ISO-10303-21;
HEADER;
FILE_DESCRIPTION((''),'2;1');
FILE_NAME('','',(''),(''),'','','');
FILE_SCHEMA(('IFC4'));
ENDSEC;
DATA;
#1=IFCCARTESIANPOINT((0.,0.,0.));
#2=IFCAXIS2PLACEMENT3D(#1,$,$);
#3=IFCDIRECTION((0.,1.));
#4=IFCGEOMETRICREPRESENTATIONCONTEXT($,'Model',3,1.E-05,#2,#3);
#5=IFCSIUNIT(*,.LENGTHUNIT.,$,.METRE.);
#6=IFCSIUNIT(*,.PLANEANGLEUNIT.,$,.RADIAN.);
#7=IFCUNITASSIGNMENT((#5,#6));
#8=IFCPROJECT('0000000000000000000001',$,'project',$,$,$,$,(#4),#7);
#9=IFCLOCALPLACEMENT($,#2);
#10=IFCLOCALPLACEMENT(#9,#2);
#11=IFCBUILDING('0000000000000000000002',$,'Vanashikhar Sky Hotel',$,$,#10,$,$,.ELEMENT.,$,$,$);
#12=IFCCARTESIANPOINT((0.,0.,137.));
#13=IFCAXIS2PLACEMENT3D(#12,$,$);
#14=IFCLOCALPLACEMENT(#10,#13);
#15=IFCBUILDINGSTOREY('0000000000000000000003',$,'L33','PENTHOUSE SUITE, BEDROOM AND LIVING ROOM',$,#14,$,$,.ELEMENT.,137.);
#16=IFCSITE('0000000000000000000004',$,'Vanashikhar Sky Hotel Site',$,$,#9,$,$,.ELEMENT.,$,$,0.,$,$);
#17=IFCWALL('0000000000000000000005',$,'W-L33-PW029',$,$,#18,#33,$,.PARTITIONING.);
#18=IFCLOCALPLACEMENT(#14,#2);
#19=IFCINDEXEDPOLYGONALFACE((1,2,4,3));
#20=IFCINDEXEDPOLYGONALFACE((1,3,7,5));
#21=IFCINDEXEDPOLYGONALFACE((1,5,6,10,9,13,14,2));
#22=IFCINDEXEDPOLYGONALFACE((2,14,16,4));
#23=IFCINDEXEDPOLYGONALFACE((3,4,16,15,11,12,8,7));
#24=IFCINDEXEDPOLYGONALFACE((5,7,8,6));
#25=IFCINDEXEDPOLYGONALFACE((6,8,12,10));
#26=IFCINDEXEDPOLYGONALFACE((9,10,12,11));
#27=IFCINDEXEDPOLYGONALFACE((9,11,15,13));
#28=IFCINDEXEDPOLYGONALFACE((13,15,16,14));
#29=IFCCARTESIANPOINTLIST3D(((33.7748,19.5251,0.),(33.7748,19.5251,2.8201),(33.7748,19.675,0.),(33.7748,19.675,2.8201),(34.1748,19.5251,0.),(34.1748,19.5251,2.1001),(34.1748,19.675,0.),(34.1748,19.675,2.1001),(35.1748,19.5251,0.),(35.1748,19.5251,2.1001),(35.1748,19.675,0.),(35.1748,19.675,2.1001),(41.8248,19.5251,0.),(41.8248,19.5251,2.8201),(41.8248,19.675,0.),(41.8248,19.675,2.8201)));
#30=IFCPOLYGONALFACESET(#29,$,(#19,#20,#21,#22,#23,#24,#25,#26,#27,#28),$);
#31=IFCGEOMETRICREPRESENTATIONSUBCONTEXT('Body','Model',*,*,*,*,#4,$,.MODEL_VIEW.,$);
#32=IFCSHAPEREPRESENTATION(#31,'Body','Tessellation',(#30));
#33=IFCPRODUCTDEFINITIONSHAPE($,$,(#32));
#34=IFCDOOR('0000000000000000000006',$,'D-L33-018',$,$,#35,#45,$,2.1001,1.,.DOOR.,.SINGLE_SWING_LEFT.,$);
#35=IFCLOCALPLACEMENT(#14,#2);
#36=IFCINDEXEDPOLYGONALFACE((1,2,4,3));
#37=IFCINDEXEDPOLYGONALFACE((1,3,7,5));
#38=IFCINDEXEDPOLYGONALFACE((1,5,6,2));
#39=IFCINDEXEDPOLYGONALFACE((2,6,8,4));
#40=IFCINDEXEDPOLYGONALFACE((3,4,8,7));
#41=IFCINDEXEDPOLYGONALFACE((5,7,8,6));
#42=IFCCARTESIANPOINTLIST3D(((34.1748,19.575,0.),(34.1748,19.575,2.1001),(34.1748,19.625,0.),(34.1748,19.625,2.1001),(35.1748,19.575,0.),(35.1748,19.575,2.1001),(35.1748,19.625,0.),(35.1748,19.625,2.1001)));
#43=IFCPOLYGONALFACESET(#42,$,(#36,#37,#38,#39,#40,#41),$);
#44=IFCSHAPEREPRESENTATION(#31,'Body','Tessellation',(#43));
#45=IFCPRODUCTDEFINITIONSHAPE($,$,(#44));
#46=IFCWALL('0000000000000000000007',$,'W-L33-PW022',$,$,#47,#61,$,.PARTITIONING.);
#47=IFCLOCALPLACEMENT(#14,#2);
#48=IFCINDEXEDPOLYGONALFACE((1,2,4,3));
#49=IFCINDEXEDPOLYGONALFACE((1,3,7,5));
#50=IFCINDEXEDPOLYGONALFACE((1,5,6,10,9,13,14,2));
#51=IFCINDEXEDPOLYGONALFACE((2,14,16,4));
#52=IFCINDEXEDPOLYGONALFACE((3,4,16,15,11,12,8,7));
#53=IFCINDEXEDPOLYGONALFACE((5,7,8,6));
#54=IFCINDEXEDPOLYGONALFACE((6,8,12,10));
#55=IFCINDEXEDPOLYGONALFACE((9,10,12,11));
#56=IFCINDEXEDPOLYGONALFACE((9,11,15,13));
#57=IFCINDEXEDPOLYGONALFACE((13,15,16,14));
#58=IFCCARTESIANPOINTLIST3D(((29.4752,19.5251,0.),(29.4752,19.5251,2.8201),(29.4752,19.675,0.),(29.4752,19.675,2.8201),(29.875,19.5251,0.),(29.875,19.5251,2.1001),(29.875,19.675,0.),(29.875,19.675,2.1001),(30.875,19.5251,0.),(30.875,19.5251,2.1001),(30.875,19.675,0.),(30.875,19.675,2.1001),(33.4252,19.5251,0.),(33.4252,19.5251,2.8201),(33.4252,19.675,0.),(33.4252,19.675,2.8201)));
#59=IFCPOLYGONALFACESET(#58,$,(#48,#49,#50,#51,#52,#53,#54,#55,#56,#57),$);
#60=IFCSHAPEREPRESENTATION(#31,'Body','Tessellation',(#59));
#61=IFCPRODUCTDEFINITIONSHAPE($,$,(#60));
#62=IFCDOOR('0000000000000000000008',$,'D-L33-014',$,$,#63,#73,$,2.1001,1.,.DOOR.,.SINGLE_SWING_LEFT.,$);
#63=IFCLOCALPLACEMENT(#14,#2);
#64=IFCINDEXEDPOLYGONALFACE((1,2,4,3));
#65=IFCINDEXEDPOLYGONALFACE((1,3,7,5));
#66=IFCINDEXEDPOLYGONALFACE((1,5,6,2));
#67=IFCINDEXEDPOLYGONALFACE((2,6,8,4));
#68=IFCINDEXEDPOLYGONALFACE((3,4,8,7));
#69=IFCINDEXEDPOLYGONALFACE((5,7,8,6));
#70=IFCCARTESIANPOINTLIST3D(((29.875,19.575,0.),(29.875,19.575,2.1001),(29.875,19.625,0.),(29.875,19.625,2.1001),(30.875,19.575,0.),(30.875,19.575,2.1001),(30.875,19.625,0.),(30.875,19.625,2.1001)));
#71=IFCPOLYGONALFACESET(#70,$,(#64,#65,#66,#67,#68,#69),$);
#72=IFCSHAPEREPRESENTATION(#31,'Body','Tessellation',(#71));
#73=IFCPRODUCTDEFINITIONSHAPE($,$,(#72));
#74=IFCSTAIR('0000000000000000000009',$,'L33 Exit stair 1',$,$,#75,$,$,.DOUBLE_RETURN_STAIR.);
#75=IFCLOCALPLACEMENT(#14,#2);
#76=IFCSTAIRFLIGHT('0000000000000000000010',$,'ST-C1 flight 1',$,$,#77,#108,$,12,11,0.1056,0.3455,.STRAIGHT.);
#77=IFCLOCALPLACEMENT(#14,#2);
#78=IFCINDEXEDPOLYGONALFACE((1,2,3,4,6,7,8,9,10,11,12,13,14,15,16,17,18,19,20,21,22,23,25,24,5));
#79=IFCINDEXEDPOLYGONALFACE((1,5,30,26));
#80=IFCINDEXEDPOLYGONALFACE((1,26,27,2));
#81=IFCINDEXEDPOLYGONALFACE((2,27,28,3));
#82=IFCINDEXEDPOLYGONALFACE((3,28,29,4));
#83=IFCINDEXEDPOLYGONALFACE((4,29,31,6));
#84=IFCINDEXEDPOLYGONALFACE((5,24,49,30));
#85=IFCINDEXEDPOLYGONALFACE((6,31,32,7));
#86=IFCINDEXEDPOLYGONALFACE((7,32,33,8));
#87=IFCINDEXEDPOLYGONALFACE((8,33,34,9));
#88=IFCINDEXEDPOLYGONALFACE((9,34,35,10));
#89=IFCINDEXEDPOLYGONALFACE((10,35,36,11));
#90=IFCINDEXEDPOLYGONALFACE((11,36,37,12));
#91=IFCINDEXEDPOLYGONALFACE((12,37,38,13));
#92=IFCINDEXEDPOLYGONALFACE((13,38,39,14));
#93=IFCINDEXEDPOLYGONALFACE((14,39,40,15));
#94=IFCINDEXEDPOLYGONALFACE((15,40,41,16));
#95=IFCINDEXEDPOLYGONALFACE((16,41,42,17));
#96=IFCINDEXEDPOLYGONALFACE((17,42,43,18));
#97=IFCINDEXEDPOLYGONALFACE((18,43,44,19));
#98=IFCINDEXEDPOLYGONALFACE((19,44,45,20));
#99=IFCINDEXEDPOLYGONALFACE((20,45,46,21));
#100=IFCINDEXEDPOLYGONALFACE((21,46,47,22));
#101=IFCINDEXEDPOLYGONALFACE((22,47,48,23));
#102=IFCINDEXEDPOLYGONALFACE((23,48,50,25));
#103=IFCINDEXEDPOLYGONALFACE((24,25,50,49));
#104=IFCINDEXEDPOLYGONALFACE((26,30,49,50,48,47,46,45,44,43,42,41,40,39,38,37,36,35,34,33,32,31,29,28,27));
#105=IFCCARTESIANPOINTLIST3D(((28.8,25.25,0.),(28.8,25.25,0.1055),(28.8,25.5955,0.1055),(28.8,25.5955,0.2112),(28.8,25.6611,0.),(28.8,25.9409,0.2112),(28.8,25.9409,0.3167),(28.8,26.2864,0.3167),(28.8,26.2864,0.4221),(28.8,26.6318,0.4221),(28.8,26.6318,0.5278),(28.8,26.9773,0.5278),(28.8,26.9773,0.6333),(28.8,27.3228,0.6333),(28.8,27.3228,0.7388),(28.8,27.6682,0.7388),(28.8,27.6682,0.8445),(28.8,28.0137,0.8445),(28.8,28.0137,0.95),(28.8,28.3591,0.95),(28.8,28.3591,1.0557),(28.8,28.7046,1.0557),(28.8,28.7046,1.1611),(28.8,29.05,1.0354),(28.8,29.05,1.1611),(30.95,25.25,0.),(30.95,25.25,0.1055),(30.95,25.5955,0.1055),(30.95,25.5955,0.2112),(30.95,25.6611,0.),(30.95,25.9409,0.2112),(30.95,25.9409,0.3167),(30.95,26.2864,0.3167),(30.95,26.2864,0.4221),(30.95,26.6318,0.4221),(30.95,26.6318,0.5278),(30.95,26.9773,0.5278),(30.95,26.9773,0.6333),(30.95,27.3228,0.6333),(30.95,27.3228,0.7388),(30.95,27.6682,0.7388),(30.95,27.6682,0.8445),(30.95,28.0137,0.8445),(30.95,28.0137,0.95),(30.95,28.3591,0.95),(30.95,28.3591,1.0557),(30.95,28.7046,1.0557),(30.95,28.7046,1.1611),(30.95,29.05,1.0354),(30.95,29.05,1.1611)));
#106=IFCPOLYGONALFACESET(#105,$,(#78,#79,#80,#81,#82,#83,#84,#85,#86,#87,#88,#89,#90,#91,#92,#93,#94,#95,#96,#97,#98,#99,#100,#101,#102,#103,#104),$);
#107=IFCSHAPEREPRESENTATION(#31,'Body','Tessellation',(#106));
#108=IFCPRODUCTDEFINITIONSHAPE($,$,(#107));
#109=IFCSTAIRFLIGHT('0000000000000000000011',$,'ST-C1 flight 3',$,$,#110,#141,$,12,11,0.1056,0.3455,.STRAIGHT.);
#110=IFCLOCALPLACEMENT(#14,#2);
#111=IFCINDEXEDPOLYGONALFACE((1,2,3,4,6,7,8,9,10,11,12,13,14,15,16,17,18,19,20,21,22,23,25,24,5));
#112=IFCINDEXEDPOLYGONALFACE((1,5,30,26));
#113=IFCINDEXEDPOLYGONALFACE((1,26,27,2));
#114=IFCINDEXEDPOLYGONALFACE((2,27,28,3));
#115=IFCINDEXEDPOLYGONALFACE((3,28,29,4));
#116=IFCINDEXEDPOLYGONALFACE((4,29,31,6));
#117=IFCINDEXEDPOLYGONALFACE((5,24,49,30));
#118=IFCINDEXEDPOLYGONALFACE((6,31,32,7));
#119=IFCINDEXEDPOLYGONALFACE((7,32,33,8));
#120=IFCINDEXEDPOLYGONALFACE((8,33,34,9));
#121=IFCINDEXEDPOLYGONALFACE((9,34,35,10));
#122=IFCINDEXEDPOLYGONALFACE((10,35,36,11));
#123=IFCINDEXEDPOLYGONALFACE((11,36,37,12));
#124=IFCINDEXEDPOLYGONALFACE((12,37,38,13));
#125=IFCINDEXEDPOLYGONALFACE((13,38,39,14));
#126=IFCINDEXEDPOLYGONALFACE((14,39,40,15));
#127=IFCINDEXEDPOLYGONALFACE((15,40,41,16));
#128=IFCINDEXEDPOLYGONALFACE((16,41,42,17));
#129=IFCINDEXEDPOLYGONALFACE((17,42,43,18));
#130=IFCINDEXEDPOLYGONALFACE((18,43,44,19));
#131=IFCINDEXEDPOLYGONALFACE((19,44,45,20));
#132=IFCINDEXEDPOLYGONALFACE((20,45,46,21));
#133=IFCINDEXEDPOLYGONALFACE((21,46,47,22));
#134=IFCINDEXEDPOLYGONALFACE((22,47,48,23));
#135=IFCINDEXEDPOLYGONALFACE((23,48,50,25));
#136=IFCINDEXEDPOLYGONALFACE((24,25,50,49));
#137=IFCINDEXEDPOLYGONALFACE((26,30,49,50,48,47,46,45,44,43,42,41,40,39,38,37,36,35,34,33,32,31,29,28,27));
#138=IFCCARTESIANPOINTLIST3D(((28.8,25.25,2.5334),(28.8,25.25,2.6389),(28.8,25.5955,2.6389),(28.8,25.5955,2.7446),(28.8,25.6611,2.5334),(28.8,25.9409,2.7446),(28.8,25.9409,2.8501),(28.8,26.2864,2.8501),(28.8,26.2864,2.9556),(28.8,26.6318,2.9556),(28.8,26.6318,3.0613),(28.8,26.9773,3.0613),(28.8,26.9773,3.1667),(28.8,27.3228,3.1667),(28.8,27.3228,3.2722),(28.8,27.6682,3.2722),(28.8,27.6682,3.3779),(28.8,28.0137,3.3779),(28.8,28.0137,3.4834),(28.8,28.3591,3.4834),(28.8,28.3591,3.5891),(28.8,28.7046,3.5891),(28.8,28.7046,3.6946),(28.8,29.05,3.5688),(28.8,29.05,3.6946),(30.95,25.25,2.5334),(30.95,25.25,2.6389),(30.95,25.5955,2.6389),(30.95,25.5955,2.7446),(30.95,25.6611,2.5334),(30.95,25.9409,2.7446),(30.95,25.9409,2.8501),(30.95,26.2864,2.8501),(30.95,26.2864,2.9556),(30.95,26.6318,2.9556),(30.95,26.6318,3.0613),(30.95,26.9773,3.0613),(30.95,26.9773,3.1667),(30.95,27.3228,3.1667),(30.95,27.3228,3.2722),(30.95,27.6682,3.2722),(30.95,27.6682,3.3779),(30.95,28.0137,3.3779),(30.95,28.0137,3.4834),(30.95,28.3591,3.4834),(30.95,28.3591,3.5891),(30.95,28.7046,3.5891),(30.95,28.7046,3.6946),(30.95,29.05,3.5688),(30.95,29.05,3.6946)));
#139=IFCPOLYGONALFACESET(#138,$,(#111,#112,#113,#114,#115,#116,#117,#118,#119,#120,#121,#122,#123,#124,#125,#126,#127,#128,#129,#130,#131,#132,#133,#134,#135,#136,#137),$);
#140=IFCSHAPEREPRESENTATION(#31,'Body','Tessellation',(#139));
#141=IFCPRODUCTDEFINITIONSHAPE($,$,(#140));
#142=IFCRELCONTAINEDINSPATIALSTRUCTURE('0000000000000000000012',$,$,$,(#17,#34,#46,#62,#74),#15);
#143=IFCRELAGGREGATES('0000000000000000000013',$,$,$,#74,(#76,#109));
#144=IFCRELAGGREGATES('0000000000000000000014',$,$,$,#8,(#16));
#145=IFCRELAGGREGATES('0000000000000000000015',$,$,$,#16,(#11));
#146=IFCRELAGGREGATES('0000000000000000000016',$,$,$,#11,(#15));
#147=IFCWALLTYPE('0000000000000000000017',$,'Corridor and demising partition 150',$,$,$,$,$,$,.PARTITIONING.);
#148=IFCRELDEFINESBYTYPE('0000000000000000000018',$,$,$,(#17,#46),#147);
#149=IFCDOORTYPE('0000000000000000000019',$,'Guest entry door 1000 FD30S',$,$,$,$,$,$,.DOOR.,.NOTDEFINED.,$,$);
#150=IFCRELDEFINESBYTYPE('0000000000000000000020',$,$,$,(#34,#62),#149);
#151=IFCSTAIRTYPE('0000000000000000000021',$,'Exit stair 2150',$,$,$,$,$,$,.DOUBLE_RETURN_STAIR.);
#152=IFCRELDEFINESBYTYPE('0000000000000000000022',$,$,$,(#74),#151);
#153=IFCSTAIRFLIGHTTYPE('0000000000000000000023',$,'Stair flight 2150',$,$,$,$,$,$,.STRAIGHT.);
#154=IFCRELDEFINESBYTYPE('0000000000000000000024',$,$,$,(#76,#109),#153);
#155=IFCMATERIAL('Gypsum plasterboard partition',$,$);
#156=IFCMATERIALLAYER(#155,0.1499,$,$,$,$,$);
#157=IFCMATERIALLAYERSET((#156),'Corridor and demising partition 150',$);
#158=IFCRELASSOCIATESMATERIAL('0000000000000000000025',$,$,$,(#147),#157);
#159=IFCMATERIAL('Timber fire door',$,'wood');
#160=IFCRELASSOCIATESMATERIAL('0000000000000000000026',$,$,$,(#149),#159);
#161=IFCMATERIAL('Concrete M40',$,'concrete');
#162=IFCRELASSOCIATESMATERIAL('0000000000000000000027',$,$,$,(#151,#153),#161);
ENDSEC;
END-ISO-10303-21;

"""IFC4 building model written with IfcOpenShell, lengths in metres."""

from ifc_helpers import new_model, si_unit, direction, frame, frame_2d, origin, place, context, subcontext, project, spatial, polyline, rectangle, outline, extrude, source, transform, mapped, material, layer, layer_set, type_object, element, fill, aggregate, save


model = new_model("IFC4")

# Units and contexts
model_context = context("Model", 3, precision=1e-05, world=origin(), true_north=direction((0.0, 1.0)))
body_context = subcontext(model_context, "Body", "Model", "MODEL_VIEW")
ifc_project = project(units=[si_unit("LENGTHUNIT", "METRE"), si_unit("PLANEANGLEUNIT", "RADIAN")], contexts=[model_context])

# Site, building, storey
site_placement = place(None, origin())
site = spatial("IfcSite", under=ifc_project, at=site_placement, Name="Vanashikhar Sky Hotel Site", CompositionType="ELEMENT", RefElevation=0.0)
building_placement = place(site_placement, origin())
building = spatial("IfcBuilding", under=site, at=building_placement, Name="Vanashikhar Sky Hotel", CompositionType="ELEMENT")
storey_placement = place(building_placement, frame((0.0, 0.0, 137.0)))
storey = spatial("IfcBuildingStorey", under=building, at=storey_placement, Name="L33", Description="PENTHOUSE SUITE, BEDROOM AND LIVING ROOM", CompositionType="ELEMENT", Elevation=137.0)

# Shared definitions
shared_shape_1 = source(origin(), body_context, "Body", "SweptSolid", [
    extrude(rectangle(XDim=1.0, YDim=2.1001, at=frame_2d((0.5, 1.05))), frame((0.0, 0.0249, 0.0), z_axis=(0.0, -1.0, 0.0), x_axis=(1.0, 0.0, 0.0)), (0.0, 0.0, 1.0), 0.05),
])

# Shared definitions
ifc_material_1 = material(Name="Concrete M40", Category="concrete")

# Walls, openings, doors
ifc_material_2 = material(Name="Gypsum plasterboard partition")
ifc_layer_1 = layer(ifc_material_2, 0.1499)
ifc_layer_set_1 = layer_set([ifc_layer_1], Name="Corridor and demising partition 150")
wall_type_1 = type_object("IfcWallType", Name="Corridor and demising partition 150", PredefinedType="PARTITIONING", material=ifc_layer_set_1)
shared_shape_2 = source(origin(), body_context, "Body", "SweptSolid", [
    extrude(rectangle(XDim=8.05, YDim=0.1499, at=frame_2d((4.0249, 0.0))), origin(), (0.0, 0.0, 1.0), 2.8201),
])
wall_1_placement = place(storey_placement, frame((33.7749, 19.6001, 0.0), z_axis=(0.0, 0.0, 1.0), x_axis=(1.0, 0.0, 0.0)))
wall_1 = element("IfcWall", 1, at=wall_1_placement, inside=storey, type_object=wall_type_1, Name="W-L33-PW029", PredefinedType="PARTITIONING", context=body_context, shape_type="MappedRepresentation", body=[
    mapped(shared_shape_2, transform((0.0, 0.0, 0.0), scale=1.0)),
])
shared_shape_3 = source(origin(), body_context, "Body", "SweptSolid", [
    extrude(rectangle(XDim=1.0, YDim=2.1001, at=frame_2d((0.5, 1.05))), frame((0.0, 0.085, 0.0), z_axis=(0.0, -1.0, 0.0), x_axis=(1.0, 0.0, 0.0)), (0.0, 0.0, 1.0), 0.1699),
])
opening_1_placement = place(wall_1_placement, frame((0.3999, 0.0, 0.0)))
opening_1 = element("IfcOpeningElement", 2, at=opening_1_placement, cuts=wall_1, PredefinedType="OPENING", context=body_context, shape_type="MappedRepresentation", body=[
    mapped(shared_shape_3, transform((0.0, 0.0, 0.0), scale=1.0)),
])
ifc_material_3 = material(Name="Timber fire door", Category="wood")
door_type_1 = type_object("IfcDoorType", Name="Guest entry door 1000 FD30S", OperationType="NOTDEFINED", PredefinedType="DOOR", material=ifc_material_3)
door_1_placement = place(opening_1_placement, origin())
door_1 = element("IfcDoor", 3, at=door_1_placement, inside=storey, type_object=door_type_1, Name="D-L33-018", OperationType="SINGLE_SWING_LEFT", OverallHeight=2.1001, OverallWidth=1.0, PredefinedType="DOOR", context=body_context, shape_type="MappedRepresentation", body=[
    mapped(shared_shape_1, transform((0.0, 0.0, 0.0), scale=1.0)),
])
fill(opening_1, door_1)
shared_shape_4 = source(origin(), body_context, "Body", "SweptSolid", [
    extrude(rectangle(XDim=3.95, YDim=0.1499, at=frame_2d((1.9751, 0.0))), origin(), (0.0, 0.0, 1.0), 2.8201),
])
wall_2_placement = place(storey_placement, frame((29.4751, 19.6001, 0.0), z_axis=(0.0, 0.0, 1.0), x_axis=(1.0, 0.0, 0.0)))
wall_2 = element("IfcWall", 4, at=wall_2_placement, inside=storey, type_object=wall_type_1, Name="W-L33-PW022", PredefinedType="PARTITIONING", context=body_context, shape_type="MappedRepresentation", body=[
    mapped(shared_shape_4, transform((0.0, 0.0, 0.0), scale=1.0)),
])
opening_2_placement = place(wall_2_placement, frame((0.3999, 0.0, 0.0)))
opening_2 = element("IfcOpeningElement", 5, at=opening_2_placement, cuts=wall_2, PredefinedType="OPENING", context=body_context, shape_type="MappedRepresentation", body=[
    mapped(shared_shape_3, transform((0.0, 0.0, 0.0), scale=1.0)),
])
door_2_placement = place(opening_2_placement, origin())
door_2 = element("IfcDoor", 6, at=door_2_placement, inside=storey, type_object=door_type_1, Name="D-L33-014", OperationType="SINGLE_SWING_LEFT", OverallHeight=2.1001, OverallWidth=1.0, PredefinedType="DOOR", context=body_context, shape_type="MappedRepresentation", body=[
    mapped(shared_shape_1, transform((0.0, 0.0, 0.0), scale=1.0)),
])
fill(opening_2, door_2)

# Stair, stair flights
stair_type = type_object("IfcStairType", Name="Exit stair 2150", PredefinedType="DOUBLE_RETURN_STAIR", material=ifc_material_1)
stair_placement = place(storey_placement, origin())
stair = element("IfcStair", 7, at=stair_placement, inside=storey, type_object=stair_type, Name="L33 Exit stair 1", PredefinedType="DOUBLE_RETURN_STAIR")
stair_flight_type = type_object("IfcStairFlightType", Name="Stair flight 2150", PredefinedType="STRAIGHT", material=ifc_material_1)
shared_shape_5 = source(origin(), body_context, "Body", "SweptSolid", [
    extrude(outline(polyline([(0.0, 0.0), (0.0, 0.1055), (0.3455, 0.1055), (0.3455, 0.2112), (0.6909, 0.2112), (0.6909, 0.3167), (1.0364, 0.3167), (1.0364, 0.4221), (1.3818, 0.4221), (1.3818, 0.5278), (1.7273, 0.5278), (1.7273, 0.6333), (2.0728, 0.6333), (2.0728, 0.7388), (2.4182, 0.7388), (2.4182, 0.8445), (2.7637, 0.8445), (2.7637, 0.95), (3.1091, 0.95), (3.1091, 1.0557), (3.4546, 1.0557), (3.4546, 1.1611), (3.8, 1.1611), (3.8, 1.2666), (3.8, 1.0354), (0.4111, 0.0), (0.0, 0.0)])), frame((0.0, 1.075, 0.0), z_axis=(0.0, -1.0, 0.0), x_axis=(1.0, 0.0, 0.0)), (0.0, 0.0, 1.0), 2.1499),
])
stair_flight_1_placement = place(storey_placement, frame((29.875, 25.25, 0.0), z_axis=(0.0, 0.0, 1.0), x_axis=(0.0, 1.0, 0.0)))
stair_flight_1 = element("IfcStairFlight", 8, at=stair_flight_1_placement, type_object=stair_flight_type, Name="ST-C1 flight 1", NumberOfRisers=12, NumberOfTreads=11, PredefinedType="STRAIGHT", RiserHeight=0.1056, TreadLength=0.3455, context=body_context, shape_type="MappedRepresentation", body=[
    mapped(shared_shape_5, transform((0.0, 0.0, 0.0), scale=1.0)),
])
stair_flight_2_placement = place(storey_placement, frame((29.875, 25.25, 2.5334), z_axis=(0.0, 0.0, 1.0), x_axis=(0.0, 1.0, 0.0)))
stair_flight_2 = element("IfcStairFlight", 9, at=stair_flight_2_placement, type_object=stair_flight_type, Name="ST-C1 flight 3", NumberOfRisers=12, NumberOfTreads=11, PredefinedType="STRAIGHT", RiserHeight=0.1056, TreadLength=0.3455, context=body_context, shape_type="MappedRepresentation", body=[
    mapped(shared_shape_5, transform((0.0, 0.0, 0.0), scale=1.0)),
])
aggregate(stair, [stair_flight_1, stair_flight_2])

save(model, "model.ifc")
